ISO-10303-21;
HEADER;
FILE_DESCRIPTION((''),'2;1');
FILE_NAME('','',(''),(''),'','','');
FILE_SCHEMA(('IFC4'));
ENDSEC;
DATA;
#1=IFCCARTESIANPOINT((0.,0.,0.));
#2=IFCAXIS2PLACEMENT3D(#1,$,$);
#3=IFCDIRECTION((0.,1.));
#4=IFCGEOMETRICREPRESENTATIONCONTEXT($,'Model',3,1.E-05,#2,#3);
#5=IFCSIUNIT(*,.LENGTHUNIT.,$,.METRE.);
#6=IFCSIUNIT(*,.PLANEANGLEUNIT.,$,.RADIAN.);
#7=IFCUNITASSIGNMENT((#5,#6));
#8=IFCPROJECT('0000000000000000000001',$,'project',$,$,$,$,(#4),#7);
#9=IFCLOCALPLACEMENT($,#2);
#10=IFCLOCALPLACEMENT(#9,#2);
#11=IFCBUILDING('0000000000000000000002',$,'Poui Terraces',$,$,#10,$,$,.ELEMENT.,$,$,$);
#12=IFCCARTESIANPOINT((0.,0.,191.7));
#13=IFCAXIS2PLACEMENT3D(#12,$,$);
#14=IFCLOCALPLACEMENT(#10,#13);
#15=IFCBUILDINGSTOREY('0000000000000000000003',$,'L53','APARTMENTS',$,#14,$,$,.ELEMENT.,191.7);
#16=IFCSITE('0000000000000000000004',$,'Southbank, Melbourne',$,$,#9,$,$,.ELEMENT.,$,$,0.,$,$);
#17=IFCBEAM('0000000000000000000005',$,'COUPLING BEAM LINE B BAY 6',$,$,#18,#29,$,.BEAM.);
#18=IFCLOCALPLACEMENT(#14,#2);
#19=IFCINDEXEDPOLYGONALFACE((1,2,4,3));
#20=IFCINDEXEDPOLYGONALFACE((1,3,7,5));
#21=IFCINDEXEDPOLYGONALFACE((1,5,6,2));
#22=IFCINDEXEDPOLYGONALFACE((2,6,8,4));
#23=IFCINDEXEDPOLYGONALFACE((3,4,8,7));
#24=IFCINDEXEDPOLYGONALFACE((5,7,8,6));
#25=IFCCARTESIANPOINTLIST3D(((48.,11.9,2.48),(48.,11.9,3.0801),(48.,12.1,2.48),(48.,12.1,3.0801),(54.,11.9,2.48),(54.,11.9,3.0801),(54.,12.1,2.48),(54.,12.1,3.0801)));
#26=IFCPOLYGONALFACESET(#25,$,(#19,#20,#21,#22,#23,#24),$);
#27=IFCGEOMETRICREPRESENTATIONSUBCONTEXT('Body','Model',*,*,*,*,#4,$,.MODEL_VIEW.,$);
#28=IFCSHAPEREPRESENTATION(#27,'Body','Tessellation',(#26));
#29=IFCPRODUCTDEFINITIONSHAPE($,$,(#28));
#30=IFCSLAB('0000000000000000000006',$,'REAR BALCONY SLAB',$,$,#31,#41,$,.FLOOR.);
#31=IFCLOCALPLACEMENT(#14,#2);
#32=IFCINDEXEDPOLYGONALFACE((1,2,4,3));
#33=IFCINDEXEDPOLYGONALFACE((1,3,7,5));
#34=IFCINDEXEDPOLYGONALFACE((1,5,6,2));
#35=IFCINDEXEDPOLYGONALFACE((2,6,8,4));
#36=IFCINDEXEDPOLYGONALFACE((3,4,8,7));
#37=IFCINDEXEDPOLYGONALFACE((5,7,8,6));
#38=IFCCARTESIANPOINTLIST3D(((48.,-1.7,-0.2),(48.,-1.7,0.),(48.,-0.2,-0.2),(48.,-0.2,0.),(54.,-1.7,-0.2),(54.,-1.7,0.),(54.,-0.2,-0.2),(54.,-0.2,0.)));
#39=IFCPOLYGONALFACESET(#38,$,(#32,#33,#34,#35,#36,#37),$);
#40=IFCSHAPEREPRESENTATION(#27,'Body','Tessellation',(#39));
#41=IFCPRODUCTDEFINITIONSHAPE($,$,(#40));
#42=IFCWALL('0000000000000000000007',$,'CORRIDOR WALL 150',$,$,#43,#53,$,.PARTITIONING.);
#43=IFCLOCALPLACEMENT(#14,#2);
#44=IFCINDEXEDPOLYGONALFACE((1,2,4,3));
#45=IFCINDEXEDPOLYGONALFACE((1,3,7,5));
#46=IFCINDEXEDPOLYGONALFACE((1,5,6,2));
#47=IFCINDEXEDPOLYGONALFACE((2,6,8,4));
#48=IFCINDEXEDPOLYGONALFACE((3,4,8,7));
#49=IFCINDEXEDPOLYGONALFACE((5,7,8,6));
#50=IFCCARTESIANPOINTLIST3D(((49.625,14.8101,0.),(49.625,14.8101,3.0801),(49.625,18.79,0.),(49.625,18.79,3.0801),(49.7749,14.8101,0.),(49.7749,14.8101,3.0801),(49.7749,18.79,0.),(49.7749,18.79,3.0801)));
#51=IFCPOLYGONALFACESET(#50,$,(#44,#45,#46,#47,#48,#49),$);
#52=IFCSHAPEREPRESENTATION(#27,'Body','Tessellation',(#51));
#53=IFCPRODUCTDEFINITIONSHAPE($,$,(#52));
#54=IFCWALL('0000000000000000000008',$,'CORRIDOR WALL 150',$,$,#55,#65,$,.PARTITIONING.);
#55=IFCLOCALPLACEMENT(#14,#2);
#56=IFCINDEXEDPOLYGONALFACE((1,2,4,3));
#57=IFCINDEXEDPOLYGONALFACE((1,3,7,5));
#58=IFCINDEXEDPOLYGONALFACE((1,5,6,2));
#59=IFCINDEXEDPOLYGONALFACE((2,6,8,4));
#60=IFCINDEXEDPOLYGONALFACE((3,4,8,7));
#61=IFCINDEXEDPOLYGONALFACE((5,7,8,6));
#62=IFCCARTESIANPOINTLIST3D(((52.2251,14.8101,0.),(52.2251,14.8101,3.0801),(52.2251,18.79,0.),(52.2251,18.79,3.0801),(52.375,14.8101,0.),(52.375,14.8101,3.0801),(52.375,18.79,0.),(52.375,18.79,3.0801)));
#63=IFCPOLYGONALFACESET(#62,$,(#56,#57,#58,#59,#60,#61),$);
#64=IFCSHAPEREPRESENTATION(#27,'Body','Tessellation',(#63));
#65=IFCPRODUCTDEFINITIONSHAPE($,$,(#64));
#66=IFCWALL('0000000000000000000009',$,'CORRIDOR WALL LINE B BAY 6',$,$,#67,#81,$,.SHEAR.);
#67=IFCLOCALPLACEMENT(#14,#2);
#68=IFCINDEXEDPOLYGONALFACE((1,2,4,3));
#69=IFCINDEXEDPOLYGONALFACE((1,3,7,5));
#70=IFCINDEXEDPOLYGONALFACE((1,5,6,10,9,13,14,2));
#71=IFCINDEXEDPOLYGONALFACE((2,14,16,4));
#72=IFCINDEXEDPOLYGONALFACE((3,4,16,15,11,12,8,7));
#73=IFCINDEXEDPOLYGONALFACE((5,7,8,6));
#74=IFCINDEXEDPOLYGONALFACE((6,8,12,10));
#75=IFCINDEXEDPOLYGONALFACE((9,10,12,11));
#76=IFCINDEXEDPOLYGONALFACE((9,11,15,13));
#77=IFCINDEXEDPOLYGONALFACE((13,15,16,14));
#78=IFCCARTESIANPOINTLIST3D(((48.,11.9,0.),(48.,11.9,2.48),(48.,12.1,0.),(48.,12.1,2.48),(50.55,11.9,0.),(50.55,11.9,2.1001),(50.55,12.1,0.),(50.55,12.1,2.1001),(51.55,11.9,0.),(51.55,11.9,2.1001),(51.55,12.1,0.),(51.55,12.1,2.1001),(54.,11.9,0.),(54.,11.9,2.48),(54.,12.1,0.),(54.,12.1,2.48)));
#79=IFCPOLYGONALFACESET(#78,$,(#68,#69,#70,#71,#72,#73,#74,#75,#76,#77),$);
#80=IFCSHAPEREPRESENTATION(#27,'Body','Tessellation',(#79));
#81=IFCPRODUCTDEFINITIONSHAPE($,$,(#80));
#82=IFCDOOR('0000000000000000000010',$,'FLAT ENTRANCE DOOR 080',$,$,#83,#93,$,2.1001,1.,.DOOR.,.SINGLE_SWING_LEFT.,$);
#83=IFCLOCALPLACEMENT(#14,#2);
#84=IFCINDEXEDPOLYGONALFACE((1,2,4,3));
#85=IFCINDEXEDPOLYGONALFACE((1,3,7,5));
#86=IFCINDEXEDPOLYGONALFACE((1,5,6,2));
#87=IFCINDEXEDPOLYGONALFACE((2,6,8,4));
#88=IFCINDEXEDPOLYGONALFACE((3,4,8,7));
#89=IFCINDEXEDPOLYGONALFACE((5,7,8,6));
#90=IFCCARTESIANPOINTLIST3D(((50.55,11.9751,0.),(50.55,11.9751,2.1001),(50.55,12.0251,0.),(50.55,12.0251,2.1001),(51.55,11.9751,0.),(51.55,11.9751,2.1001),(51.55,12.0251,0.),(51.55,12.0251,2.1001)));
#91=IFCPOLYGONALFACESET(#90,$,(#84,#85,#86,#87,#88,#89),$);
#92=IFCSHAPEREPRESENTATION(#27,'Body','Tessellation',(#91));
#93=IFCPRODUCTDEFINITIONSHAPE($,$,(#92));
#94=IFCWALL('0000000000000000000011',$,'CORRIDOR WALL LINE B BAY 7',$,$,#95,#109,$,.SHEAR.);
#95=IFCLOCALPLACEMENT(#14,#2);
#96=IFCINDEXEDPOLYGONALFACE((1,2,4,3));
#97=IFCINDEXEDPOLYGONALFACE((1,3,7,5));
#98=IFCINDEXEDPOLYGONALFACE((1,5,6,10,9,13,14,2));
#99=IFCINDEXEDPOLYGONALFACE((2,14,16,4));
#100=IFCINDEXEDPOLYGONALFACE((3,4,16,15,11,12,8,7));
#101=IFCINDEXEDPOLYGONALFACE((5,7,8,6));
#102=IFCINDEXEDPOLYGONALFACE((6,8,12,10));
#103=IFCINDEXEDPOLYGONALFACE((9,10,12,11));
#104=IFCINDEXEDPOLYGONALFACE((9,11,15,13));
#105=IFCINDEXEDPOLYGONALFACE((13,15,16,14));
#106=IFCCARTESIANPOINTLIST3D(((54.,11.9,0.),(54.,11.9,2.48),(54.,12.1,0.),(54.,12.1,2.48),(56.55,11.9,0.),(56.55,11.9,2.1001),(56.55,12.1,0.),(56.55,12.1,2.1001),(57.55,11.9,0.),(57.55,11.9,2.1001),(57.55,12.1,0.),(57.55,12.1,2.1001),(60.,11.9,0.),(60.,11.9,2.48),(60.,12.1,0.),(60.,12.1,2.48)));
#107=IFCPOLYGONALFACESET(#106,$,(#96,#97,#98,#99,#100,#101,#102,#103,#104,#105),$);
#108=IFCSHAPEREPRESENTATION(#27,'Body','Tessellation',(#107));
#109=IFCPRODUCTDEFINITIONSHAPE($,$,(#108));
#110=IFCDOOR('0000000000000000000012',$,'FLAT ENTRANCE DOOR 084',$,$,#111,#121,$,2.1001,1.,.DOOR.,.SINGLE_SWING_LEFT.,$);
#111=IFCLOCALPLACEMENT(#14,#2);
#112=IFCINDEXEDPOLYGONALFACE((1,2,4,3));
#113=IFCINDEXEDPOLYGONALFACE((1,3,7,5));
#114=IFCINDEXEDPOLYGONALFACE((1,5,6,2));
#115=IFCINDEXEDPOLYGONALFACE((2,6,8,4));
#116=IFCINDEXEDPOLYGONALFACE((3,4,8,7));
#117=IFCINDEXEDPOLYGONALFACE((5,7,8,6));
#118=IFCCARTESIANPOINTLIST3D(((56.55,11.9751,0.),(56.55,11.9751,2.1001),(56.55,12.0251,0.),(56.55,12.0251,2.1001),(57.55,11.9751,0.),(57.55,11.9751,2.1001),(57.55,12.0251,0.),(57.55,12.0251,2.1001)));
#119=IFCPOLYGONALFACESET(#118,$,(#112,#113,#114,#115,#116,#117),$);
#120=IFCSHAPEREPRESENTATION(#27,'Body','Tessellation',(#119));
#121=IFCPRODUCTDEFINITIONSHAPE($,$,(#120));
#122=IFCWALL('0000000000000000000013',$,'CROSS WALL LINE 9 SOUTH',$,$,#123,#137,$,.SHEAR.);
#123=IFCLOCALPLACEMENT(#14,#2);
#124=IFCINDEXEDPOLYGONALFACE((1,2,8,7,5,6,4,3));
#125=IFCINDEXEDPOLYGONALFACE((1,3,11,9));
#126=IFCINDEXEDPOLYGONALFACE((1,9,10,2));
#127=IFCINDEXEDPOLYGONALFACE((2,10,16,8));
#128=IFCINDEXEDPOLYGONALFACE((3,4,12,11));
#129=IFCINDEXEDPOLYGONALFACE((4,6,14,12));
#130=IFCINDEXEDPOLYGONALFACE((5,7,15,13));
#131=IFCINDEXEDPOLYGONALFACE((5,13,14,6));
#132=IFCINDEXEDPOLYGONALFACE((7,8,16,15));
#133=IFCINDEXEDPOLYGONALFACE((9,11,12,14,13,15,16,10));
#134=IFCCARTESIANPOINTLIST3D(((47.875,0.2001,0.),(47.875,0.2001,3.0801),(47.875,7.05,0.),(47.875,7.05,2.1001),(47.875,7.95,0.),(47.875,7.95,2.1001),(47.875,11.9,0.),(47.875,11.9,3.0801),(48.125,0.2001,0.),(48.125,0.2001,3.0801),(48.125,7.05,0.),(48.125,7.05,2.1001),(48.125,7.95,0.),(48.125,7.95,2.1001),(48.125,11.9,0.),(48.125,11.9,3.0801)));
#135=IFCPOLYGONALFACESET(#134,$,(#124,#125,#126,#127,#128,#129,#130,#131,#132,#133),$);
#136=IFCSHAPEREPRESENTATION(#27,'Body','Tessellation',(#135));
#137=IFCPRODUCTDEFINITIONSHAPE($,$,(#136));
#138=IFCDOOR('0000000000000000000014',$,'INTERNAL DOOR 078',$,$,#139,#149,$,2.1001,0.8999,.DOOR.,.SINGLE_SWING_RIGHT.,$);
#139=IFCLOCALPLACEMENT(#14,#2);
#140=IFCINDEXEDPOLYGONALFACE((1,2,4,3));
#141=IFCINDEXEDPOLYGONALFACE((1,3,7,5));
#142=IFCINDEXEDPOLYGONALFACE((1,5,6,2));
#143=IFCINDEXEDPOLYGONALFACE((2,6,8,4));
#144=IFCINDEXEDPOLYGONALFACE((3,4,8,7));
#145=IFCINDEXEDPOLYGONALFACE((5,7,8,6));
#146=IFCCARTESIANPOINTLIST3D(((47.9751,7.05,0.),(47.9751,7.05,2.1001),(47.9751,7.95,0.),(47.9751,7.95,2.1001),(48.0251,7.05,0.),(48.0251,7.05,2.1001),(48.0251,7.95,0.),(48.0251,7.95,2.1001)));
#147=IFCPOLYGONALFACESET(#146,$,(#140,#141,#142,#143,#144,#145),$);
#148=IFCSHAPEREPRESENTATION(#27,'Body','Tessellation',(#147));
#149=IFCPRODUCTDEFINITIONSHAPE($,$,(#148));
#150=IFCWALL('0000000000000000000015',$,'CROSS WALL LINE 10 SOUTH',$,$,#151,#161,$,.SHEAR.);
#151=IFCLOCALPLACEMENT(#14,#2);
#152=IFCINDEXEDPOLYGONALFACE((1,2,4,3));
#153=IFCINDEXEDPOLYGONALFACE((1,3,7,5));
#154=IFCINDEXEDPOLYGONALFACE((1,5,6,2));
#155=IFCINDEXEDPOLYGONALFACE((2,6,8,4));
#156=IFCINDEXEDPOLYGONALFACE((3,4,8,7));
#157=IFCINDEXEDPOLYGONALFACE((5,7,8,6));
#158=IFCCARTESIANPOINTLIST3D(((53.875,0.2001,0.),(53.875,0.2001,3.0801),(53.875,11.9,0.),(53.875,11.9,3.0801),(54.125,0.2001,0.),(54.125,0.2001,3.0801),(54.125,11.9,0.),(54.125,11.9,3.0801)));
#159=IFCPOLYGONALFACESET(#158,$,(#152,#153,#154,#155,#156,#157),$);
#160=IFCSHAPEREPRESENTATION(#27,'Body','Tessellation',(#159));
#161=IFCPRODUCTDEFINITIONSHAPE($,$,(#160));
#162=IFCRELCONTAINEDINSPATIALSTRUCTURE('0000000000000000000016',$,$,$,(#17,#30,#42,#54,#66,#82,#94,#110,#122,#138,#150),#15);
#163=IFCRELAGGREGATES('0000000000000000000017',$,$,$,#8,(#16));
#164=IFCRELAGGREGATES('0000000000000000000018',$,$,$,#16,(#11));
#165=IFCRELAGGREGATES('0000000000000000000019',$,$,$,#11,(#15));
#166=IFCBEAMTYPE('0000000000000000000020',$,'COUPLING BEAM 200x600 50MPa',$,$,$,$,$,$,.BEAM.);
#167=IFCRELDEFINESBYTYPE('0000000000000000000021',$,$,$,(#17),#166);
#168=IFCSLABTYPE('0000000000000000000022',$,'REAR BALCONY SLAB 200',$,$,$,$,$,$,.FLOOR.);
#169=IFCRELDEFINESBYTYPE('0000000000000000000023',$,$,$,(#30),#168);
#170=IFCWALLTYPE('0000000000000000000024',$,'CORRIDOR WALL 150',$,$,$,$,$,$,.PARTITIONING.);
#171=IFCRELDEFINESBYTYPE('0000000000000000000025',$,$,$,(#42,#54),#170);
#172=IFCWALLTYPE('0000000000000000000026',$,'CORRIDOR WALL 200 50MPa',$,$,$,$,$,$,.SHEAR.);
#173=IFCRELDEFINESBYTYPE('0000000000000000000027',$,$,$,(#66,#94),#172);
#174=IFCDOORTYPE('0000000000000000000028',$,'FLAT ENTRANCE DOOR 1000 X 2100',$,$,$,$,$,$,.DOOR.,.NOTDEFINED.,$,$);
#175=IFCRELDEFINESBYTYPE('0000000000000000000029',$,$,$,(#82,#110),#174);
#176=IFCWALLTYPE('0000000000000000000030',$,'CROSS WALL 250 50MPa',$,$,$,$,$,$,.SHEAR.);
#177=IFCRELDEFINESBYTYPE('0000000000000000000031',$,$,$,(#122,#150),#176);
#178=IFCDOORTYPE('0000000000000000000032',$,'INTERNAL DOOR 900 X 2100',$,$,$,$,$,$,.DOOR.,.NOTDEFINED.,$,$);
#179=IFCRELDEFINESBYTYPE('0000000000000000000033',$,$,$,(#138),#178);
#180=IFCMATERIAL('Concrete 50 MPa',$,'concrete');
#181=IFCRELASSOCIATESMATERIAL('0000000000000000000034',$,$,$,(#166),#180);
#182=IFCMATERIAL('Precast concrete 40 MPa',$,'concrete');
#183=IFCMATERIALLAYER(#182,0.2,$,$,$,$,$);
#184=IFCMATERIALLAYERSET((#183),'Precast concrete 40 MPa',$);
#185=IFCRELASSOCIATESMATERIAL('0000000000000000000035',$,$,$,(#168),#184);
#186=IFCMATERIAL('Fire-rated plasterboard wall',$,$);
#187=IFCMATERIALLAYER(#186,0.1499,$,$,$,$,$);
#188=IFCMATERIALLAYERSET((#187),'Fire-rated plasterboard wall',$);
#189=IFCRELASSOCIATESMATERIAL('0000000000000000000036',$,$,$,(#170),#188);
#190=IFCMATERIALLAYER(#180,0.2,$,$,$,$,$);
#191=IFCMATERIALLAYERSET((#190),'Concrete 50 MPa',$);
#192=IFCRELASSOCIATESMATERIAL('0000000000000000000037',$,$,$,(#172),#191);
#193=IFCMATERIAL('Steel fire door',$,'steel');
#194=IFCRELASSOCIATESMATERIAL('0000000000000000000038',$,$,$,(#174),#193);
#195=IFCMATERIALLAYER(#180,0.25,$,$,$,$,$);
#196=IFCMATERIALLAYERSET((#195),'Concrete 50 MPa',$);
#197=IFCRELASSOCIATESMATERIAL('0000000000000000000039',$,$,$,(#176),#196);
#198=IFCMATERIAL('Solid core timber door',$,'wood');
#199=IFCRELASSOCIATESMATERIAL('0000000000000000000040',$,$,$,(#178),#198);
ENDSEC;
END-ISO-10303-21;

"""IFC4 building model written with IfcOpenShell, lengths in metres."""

from ifc_helpers import new_model, si_unit, direction, frame, frame_2d, origin, origin_2d, place, context, subcontext, project, spatial, polyline, rectangle, outline, extrude, source, transform, mapped, material, layer, layer_set, material_profile, profile_set, type_object, element, fill, save


model = new_model("IFC4")

# Units and contexts
model_context = context("Model", 3, precision=1e-05, world=origin(), true_north=direction((0.0, 1.0)))
body_context = subcontext(model_context, "Body", "Model", "MODEL_VIEW")
ifc_project = project(units=[si_unit("LENGTHUNIT", "METRE"), si_unit("PLANEANGLEUNIT", "RADIAN")], contexts=[model_context])

# Site, building, storey
site_placement = place(None, origin())
site = spatial("IfcSite", under=ifc_project, at=site_placement, Name="Southbank, Melbourne", CompositionType="ELEMENT", RefElevation=0.0)
building_placement = place(site_placement, origin())
building = spatial("IfcBuilding", under=site, at=building_placement, Name="Poui Terraces", CompositionType="ELEMENT")
storey_placement = place(building_placement, frame((0.0, 0.0, 191.7)))
storey = spatial("IfcBuildingStorey", under=building, at=storey_placement, Name="L53", Description="APARTMENTS", CompositionType="ELEMENT", Elevation=191.7)

# Beam
ifc_material_1 = material(Name="Concrete 50 MPa", Category="concrete")
ifc_material_profile_1 = material_profile(ifc_material_1, rectangle(XDim=0.2, YDim=0.6001, at=origin_2d()), Name="RC 200x600")
ifc_profile_set_1 = profile_set([ifc_material_profile_1], Name="Concrete 50 MPa")
beam_type = type_object("IfcBeamType", Name="COUPLING BEAM 200x600 50MPa", PredefinedType="BEAM", material=ifc_profile_set_1)
shared_shape_1 = source(origin(), body_context, "Body", "SweptSolid", [
    extrude(rectangle(XDim=0.2, YDim=0.6001, at=origin_2d()), origin(), (0.0, 0.0, 1.0), 6.0),
])
beam_placement = place(storey_placement, frame((48.0, 12.0, 2.78), z_axis=(1.0, 0.0, 0.0), x_axis=(0.0, 1.0, 0.0)))
element("IfcBeam", 1, at=beam_placement, inside=storey, type_object=beam_type, Name="COUPLING BEAM LINE B BAY 6", PredefinedType="BEAM", context=body_context, shape_type="MappedRepresentation", body=[
    mapped(shared_shape_1, transform((0.0, 0.0, 0.0))),
])

# Slab
ifc_material_2 = material(Name="Precast concrete 40 MPa", Category="concrete")
ifc_layer_1 = layer(ifc_material_2, 0.2)
ifc_layer_set_1 = layer_set([ifc_layer_1], Name="Precast concrete 40 MPa")
slab_type = type_object("IfcSlabType", Name="REAR BALCONY SLAB 200", PredefinedType="FLOOR", material=ifc_layer_set_1)
shared_shape_2 = source(origin(), body_context, "Body", "SweptSolid", [
    extrude(outline(polyline([(0.0, 0.0), (6.0, 0.0), (6.0, 1.5), (0.0, 1.5), (0.0, 0.0)])), origin(), (0.0, 0.0, 1.0), 0.2),
])
slab_placement = place(storey_placement, frame((48.0, -1.7, -0.2)))
element("IfcSlab", 2, at=slab_placement, inside=storey, type_object=slab_type, Name="REAR BALCONY SLAB", PredefinedType="FLOOR", context=body_context, shape_type="MappedRepresentation", body=[
    mapped(shared_shape_2, transform((0.0, 0.0, 0.0))),
])

# Walls
ifc_material_3 = material(Name="Fire-rated plasterboard wall")
ifc_layer_2 = layer(ifc_material_3, 0.1499)
ifc_layer_set_2 = layer_set([ifc_layer_2], Name="Fire-rated plasterboard wall")
wall_type_1 = type_object("IfcWallType", Name="CORRIDOR WALL 150", PredefinedType="PARTITIONING", material=ifc_layer_set_2)
for number, where, z_axis, x_axis, name in (
    (3, (49.7, 14.8101, 0.0), (0.0, 0.0, 1.0), (0.0, 1.0, 0.0), "CORRIDOR WALL 150"),
    (4, (52.3, 14.8101, 0.0), (0.0, 0.0, 1.0), (0.0, 1.0, 0.0), "CORRIDOR WALL 150"),
):
    element("IfcWall", number, at=place(storey_placement, frame(where, z_axis=z_axis, x_axis=x_axis)), inside=storey, type_object=wall_type_1, Name=name, PredefinedType="PARTITIONING", context=body_context, shape_type="SweptSolid", body=[
        extrude(rectangle(XDim=3.98, YDim=0.1499, at=frame_2d((1.99, 0.0))), origin(), (0.0, 0.0, 1.0), 3.0801),
    ])

# Walls, openings, doors
ifc_layer_3 = layer(ifc_material_1, 0.2)
ifc_layer_set_3 = layer_set([ifc_layer_3], Name="Concrete 50 MPa")
wall_type_2 = type_object("IfcWallType", Name="CORRIDOR WALL 200 50MPa", PredefinedType="SHEAR", material=ifc_layer_set_3)
wall_1_placement = place(storey_placement, frame((48.0, 12.0, 0.0), z_axis=(0.0, 0.0, 1.0), x_axis=(1.0, 0.0, 0.0)))
wall_1 = element("IfcWall", 5, at=wall_1_placement, inside=storey, type_object=wall_type_2, Name="CORRIDOR WALL LINE B BAY 6", PredefinedType="SHEAR", context=body_context, shape_type="SweptSolid", body=[
    extrude(rectangle(XDim=6.0, YDim=0.2, at=frame_2d((3.0, 0.0))), origin(), (0.0, 0.0, 1.0), 2.48),
])
opening_1_placement = place(wall_1_placement, frame((2.55, 0.0, 0.0)))
opening_1 = element("IfcOpeningElement", 6, at=opening_1_placement, cuts=wall_1, PredefinedType="OPENING", context=body_context, shape_type="SweptSolid", body=[
    extrude(rectangle(XDim=1.0, YDim=2.1001, at=frame_2d((0.5, 1.05))), frame((0.0, 0.1099, 0.0), z_axis=(0.0, -1.0, 0.0), x_axis=(1.0, 0.0, 0.0)), (0.0, 0.0, 1.0), 0.22),
])
ifc_material_4 = material(Name="Steel fire door", Category="steel")
door_type_1 = type_object("IfcDoorType", Name="FLAT ENTRANCE DOOR 1000 X 2100", OperationType="NOTDEFINED", PredefinedType="DOOR", material=ifc_material_4)
door_1_placement = place(opening_1_placement, frame((1.0, 0.0, 0.0), z_axis=(0.0, 0.0, 1.0), x_axis=(-1.0, 0.0, 0.0)))
door_1 = element("IfcDoor", 7, at=door_1_placement, inside=storey, type_object=door_type_1, Name="FLAT ENTRANCE DOOR 080", OperationType="SINGLE_SWING_LEFT", OverallHeight=2.1001, OverallWidth=1.0, PredefinedType="DOOR", context=body_context, shape_type="SweptSolid", body=[
    extrude(rectangle(XDim=1.0, YDim=2.1001, at=frame_2d((0.5, 1.05))), frame((0.0, 0.0249, 0.0), z_axis=(0.0, -1.0, 0.0), x_axis=(1.0, 0.0, 0.0)), (0.0, 0.0, 1.0), 0.05),
])
fill(opening_1, door_1)
wall_2_placement = place(storey_placement, frame((54.0, 12.0, 0.0), z_axis=(0.0, 0.0, 1.0), x_axis=(1.0, 0.0, 0.0)))
wall_2 = element("IfcWall", 8, at=wall_2_placement, inside=storey, type_object=wall_type_2, Name="CORRIDOR WALL LINE B BAY 7", PredefinedType="SHEAR", context=body_context, shape_type="SweptSolid", body=[
    extrude(rectangle(XDim=6.0, YDim=0.2, at=frame_2d((3.0, 0.0))), origin(), (0.0, 0.0, 1.0), 2.48),
])
opening_2_placement = place(wall_2_placement, frame((2.55, 0.0, 0.0)))
opening_2 = element("IfcOpeningElement", 9, at=opening_2_placement, cuts=wall_2, PredefinedType="OPENING", context=body_context, shape_type="SweptSolid", body=[
    extrude(rectangle(XDim=1.0, YDim=2.1001, at=frame_2d((0.5, 1.05))), frame((0.0, 0.1099, 0.0), z_axis=(0.0, -1.0, 0.0), x_axis=(1.0, 0.0, 0.0)), (0.0, 0.0, 1.0), 0.22),
])
door_2_placement = place(opening_2_placement, frame((1.0, 0.0, 0.0), z_axis=(0.0, 0.0, 1.0), x_axis=(-1.0, 0.0, 0.0)))
door_2 = element("IfcDoor", 10, at=door_2_placement, inside=storey, type_object=door_type_1, Name="FLAT ENTRANCE DOOR 084", OperationType="SINGLE_SWING_LEFT", OverallHeight=2.1001, OverallWidth=1.0, PredefinedType="DOOR", context=body_context, shape_type="SweptSolid", body=[
    extrude(rectangle(XDim=1.0, YDim=2.1001, at=frame_2d((0.5, 1.05))), frame((0.0, 0.0249, 0.0), z_axis=(0.0, -1.0, 0.0), x_axis=(1.0, 0.0, 0.0)), (0.0, 0.0, 1.0), 0.05),
])
fill(opening_2, door_2)
ifc_layer_4 = layer(ifc_material_1, 0.25)
ifc_layer_set_4 = layer_set([ifc_layer_4], Name="Concrete 50 MPa")
wall_type_3 = type_object("IfcWallType", Name="CROSS WALL 250 50MPa", PredefinedType="SHEAR", material=ifc_layer_set_4)
wall_3_placement = place(storey_placement, frame((48.0, 0.2, 0.0), z_axis=(0.0, 0.0, 1.0), x_axis=(0.0, 1.0, 0.0)))
wall_3 = element("IfcWall", 11, at=wall_3_placement, inside=storey, type_object=wall_type_3, Name="CROSS WALL LINE 9 SOUTH", PredefinedType="SHEAR", context=body_context, shape_type="SweptSolid", body=[
    extrude(rectangle(XDim=11.7, YDim=0.25, at=frame_2d((5.8501, 0.0))), origin(), (0.0, 0.0, 1.0), 3.0801),
])
opening_3_placement = place(wall_3_placement, frame((6.8501, 0.0, 0.0)))
opening_3 = element("IfcOpeningElement", 12, at=opening_3_placement, cuts=wall_3, PredefinedType="OPENING", context=body_context, shape_type="SweptSolid", body=[
    extrude(rectangle(XDim=0.8999, YDim=2.1001, at=frame_2d((0.45, 1.05))), frame((0.0, 0.135, 0.0), z_axis=(0.0, -1.0, 0.0), x_axis=(1.0, 0.0, 0.0)), (0.0, 0.0, 1.0), 0.27),
])
ifc_material_5 = material(Name="Solid core timber door", Category="wood")
door_type_2 = type_object("IfcDoorType", Name="INTERNAL DOOR 900 X 2100", OperationType="NOTDEFINED", PredefinedType="DOOR", material=ifc_material_5)
door_3_placement = place(opening_3_placement, origin())
door_3 = element("IfcDoor", 13, at=door_3_placement, inside=storey, type_object=door_type_2, Name="INTERNAL DOOR 078", OperationType="SINGLE_SWING_RIGHT", OverallHeight=2.1001, OverallWidth=0.8999, PredefinedType="DOOR", context=body_context, shape_type="SweptSolid", body=[
    extrude(rectangle(XDim=0.8999, YDim=2.1001, at=frame_2d((0.45, 1.05))), frame((0.0, 0.0249, 0.0), z_axis=(0.0, -1.0, 0.0), x_axis=(1.0, 0.0, 0.0)), (0.0, 0.0, 1.0), 0.05),
])
fill(opening_3, door_3)

# Wall
wall_4_placement = place(storey_placement, frame((54.0, 0.2, 0.0), z_axis=(0.0, 0.0, 1.0), x_axis=(0.0, 1.0, 0.0)))
element("IfcWall", 14, at=wall_4_placement, inside=storey, type_object=wall_type_3, Name="CROSS WALL LINE 10 SOUTH", PredefinedType="SHEAR", context=body_context, shape_type="SweptSolid", body=[
    extrude(rectangle(XDim=11.7, YDim=0.25, at=frame_2d((5.8501, 0.0))), origin(), (0.0, 0.0, 1.0), 3.0801),
])

save(model, "model.ifc")
